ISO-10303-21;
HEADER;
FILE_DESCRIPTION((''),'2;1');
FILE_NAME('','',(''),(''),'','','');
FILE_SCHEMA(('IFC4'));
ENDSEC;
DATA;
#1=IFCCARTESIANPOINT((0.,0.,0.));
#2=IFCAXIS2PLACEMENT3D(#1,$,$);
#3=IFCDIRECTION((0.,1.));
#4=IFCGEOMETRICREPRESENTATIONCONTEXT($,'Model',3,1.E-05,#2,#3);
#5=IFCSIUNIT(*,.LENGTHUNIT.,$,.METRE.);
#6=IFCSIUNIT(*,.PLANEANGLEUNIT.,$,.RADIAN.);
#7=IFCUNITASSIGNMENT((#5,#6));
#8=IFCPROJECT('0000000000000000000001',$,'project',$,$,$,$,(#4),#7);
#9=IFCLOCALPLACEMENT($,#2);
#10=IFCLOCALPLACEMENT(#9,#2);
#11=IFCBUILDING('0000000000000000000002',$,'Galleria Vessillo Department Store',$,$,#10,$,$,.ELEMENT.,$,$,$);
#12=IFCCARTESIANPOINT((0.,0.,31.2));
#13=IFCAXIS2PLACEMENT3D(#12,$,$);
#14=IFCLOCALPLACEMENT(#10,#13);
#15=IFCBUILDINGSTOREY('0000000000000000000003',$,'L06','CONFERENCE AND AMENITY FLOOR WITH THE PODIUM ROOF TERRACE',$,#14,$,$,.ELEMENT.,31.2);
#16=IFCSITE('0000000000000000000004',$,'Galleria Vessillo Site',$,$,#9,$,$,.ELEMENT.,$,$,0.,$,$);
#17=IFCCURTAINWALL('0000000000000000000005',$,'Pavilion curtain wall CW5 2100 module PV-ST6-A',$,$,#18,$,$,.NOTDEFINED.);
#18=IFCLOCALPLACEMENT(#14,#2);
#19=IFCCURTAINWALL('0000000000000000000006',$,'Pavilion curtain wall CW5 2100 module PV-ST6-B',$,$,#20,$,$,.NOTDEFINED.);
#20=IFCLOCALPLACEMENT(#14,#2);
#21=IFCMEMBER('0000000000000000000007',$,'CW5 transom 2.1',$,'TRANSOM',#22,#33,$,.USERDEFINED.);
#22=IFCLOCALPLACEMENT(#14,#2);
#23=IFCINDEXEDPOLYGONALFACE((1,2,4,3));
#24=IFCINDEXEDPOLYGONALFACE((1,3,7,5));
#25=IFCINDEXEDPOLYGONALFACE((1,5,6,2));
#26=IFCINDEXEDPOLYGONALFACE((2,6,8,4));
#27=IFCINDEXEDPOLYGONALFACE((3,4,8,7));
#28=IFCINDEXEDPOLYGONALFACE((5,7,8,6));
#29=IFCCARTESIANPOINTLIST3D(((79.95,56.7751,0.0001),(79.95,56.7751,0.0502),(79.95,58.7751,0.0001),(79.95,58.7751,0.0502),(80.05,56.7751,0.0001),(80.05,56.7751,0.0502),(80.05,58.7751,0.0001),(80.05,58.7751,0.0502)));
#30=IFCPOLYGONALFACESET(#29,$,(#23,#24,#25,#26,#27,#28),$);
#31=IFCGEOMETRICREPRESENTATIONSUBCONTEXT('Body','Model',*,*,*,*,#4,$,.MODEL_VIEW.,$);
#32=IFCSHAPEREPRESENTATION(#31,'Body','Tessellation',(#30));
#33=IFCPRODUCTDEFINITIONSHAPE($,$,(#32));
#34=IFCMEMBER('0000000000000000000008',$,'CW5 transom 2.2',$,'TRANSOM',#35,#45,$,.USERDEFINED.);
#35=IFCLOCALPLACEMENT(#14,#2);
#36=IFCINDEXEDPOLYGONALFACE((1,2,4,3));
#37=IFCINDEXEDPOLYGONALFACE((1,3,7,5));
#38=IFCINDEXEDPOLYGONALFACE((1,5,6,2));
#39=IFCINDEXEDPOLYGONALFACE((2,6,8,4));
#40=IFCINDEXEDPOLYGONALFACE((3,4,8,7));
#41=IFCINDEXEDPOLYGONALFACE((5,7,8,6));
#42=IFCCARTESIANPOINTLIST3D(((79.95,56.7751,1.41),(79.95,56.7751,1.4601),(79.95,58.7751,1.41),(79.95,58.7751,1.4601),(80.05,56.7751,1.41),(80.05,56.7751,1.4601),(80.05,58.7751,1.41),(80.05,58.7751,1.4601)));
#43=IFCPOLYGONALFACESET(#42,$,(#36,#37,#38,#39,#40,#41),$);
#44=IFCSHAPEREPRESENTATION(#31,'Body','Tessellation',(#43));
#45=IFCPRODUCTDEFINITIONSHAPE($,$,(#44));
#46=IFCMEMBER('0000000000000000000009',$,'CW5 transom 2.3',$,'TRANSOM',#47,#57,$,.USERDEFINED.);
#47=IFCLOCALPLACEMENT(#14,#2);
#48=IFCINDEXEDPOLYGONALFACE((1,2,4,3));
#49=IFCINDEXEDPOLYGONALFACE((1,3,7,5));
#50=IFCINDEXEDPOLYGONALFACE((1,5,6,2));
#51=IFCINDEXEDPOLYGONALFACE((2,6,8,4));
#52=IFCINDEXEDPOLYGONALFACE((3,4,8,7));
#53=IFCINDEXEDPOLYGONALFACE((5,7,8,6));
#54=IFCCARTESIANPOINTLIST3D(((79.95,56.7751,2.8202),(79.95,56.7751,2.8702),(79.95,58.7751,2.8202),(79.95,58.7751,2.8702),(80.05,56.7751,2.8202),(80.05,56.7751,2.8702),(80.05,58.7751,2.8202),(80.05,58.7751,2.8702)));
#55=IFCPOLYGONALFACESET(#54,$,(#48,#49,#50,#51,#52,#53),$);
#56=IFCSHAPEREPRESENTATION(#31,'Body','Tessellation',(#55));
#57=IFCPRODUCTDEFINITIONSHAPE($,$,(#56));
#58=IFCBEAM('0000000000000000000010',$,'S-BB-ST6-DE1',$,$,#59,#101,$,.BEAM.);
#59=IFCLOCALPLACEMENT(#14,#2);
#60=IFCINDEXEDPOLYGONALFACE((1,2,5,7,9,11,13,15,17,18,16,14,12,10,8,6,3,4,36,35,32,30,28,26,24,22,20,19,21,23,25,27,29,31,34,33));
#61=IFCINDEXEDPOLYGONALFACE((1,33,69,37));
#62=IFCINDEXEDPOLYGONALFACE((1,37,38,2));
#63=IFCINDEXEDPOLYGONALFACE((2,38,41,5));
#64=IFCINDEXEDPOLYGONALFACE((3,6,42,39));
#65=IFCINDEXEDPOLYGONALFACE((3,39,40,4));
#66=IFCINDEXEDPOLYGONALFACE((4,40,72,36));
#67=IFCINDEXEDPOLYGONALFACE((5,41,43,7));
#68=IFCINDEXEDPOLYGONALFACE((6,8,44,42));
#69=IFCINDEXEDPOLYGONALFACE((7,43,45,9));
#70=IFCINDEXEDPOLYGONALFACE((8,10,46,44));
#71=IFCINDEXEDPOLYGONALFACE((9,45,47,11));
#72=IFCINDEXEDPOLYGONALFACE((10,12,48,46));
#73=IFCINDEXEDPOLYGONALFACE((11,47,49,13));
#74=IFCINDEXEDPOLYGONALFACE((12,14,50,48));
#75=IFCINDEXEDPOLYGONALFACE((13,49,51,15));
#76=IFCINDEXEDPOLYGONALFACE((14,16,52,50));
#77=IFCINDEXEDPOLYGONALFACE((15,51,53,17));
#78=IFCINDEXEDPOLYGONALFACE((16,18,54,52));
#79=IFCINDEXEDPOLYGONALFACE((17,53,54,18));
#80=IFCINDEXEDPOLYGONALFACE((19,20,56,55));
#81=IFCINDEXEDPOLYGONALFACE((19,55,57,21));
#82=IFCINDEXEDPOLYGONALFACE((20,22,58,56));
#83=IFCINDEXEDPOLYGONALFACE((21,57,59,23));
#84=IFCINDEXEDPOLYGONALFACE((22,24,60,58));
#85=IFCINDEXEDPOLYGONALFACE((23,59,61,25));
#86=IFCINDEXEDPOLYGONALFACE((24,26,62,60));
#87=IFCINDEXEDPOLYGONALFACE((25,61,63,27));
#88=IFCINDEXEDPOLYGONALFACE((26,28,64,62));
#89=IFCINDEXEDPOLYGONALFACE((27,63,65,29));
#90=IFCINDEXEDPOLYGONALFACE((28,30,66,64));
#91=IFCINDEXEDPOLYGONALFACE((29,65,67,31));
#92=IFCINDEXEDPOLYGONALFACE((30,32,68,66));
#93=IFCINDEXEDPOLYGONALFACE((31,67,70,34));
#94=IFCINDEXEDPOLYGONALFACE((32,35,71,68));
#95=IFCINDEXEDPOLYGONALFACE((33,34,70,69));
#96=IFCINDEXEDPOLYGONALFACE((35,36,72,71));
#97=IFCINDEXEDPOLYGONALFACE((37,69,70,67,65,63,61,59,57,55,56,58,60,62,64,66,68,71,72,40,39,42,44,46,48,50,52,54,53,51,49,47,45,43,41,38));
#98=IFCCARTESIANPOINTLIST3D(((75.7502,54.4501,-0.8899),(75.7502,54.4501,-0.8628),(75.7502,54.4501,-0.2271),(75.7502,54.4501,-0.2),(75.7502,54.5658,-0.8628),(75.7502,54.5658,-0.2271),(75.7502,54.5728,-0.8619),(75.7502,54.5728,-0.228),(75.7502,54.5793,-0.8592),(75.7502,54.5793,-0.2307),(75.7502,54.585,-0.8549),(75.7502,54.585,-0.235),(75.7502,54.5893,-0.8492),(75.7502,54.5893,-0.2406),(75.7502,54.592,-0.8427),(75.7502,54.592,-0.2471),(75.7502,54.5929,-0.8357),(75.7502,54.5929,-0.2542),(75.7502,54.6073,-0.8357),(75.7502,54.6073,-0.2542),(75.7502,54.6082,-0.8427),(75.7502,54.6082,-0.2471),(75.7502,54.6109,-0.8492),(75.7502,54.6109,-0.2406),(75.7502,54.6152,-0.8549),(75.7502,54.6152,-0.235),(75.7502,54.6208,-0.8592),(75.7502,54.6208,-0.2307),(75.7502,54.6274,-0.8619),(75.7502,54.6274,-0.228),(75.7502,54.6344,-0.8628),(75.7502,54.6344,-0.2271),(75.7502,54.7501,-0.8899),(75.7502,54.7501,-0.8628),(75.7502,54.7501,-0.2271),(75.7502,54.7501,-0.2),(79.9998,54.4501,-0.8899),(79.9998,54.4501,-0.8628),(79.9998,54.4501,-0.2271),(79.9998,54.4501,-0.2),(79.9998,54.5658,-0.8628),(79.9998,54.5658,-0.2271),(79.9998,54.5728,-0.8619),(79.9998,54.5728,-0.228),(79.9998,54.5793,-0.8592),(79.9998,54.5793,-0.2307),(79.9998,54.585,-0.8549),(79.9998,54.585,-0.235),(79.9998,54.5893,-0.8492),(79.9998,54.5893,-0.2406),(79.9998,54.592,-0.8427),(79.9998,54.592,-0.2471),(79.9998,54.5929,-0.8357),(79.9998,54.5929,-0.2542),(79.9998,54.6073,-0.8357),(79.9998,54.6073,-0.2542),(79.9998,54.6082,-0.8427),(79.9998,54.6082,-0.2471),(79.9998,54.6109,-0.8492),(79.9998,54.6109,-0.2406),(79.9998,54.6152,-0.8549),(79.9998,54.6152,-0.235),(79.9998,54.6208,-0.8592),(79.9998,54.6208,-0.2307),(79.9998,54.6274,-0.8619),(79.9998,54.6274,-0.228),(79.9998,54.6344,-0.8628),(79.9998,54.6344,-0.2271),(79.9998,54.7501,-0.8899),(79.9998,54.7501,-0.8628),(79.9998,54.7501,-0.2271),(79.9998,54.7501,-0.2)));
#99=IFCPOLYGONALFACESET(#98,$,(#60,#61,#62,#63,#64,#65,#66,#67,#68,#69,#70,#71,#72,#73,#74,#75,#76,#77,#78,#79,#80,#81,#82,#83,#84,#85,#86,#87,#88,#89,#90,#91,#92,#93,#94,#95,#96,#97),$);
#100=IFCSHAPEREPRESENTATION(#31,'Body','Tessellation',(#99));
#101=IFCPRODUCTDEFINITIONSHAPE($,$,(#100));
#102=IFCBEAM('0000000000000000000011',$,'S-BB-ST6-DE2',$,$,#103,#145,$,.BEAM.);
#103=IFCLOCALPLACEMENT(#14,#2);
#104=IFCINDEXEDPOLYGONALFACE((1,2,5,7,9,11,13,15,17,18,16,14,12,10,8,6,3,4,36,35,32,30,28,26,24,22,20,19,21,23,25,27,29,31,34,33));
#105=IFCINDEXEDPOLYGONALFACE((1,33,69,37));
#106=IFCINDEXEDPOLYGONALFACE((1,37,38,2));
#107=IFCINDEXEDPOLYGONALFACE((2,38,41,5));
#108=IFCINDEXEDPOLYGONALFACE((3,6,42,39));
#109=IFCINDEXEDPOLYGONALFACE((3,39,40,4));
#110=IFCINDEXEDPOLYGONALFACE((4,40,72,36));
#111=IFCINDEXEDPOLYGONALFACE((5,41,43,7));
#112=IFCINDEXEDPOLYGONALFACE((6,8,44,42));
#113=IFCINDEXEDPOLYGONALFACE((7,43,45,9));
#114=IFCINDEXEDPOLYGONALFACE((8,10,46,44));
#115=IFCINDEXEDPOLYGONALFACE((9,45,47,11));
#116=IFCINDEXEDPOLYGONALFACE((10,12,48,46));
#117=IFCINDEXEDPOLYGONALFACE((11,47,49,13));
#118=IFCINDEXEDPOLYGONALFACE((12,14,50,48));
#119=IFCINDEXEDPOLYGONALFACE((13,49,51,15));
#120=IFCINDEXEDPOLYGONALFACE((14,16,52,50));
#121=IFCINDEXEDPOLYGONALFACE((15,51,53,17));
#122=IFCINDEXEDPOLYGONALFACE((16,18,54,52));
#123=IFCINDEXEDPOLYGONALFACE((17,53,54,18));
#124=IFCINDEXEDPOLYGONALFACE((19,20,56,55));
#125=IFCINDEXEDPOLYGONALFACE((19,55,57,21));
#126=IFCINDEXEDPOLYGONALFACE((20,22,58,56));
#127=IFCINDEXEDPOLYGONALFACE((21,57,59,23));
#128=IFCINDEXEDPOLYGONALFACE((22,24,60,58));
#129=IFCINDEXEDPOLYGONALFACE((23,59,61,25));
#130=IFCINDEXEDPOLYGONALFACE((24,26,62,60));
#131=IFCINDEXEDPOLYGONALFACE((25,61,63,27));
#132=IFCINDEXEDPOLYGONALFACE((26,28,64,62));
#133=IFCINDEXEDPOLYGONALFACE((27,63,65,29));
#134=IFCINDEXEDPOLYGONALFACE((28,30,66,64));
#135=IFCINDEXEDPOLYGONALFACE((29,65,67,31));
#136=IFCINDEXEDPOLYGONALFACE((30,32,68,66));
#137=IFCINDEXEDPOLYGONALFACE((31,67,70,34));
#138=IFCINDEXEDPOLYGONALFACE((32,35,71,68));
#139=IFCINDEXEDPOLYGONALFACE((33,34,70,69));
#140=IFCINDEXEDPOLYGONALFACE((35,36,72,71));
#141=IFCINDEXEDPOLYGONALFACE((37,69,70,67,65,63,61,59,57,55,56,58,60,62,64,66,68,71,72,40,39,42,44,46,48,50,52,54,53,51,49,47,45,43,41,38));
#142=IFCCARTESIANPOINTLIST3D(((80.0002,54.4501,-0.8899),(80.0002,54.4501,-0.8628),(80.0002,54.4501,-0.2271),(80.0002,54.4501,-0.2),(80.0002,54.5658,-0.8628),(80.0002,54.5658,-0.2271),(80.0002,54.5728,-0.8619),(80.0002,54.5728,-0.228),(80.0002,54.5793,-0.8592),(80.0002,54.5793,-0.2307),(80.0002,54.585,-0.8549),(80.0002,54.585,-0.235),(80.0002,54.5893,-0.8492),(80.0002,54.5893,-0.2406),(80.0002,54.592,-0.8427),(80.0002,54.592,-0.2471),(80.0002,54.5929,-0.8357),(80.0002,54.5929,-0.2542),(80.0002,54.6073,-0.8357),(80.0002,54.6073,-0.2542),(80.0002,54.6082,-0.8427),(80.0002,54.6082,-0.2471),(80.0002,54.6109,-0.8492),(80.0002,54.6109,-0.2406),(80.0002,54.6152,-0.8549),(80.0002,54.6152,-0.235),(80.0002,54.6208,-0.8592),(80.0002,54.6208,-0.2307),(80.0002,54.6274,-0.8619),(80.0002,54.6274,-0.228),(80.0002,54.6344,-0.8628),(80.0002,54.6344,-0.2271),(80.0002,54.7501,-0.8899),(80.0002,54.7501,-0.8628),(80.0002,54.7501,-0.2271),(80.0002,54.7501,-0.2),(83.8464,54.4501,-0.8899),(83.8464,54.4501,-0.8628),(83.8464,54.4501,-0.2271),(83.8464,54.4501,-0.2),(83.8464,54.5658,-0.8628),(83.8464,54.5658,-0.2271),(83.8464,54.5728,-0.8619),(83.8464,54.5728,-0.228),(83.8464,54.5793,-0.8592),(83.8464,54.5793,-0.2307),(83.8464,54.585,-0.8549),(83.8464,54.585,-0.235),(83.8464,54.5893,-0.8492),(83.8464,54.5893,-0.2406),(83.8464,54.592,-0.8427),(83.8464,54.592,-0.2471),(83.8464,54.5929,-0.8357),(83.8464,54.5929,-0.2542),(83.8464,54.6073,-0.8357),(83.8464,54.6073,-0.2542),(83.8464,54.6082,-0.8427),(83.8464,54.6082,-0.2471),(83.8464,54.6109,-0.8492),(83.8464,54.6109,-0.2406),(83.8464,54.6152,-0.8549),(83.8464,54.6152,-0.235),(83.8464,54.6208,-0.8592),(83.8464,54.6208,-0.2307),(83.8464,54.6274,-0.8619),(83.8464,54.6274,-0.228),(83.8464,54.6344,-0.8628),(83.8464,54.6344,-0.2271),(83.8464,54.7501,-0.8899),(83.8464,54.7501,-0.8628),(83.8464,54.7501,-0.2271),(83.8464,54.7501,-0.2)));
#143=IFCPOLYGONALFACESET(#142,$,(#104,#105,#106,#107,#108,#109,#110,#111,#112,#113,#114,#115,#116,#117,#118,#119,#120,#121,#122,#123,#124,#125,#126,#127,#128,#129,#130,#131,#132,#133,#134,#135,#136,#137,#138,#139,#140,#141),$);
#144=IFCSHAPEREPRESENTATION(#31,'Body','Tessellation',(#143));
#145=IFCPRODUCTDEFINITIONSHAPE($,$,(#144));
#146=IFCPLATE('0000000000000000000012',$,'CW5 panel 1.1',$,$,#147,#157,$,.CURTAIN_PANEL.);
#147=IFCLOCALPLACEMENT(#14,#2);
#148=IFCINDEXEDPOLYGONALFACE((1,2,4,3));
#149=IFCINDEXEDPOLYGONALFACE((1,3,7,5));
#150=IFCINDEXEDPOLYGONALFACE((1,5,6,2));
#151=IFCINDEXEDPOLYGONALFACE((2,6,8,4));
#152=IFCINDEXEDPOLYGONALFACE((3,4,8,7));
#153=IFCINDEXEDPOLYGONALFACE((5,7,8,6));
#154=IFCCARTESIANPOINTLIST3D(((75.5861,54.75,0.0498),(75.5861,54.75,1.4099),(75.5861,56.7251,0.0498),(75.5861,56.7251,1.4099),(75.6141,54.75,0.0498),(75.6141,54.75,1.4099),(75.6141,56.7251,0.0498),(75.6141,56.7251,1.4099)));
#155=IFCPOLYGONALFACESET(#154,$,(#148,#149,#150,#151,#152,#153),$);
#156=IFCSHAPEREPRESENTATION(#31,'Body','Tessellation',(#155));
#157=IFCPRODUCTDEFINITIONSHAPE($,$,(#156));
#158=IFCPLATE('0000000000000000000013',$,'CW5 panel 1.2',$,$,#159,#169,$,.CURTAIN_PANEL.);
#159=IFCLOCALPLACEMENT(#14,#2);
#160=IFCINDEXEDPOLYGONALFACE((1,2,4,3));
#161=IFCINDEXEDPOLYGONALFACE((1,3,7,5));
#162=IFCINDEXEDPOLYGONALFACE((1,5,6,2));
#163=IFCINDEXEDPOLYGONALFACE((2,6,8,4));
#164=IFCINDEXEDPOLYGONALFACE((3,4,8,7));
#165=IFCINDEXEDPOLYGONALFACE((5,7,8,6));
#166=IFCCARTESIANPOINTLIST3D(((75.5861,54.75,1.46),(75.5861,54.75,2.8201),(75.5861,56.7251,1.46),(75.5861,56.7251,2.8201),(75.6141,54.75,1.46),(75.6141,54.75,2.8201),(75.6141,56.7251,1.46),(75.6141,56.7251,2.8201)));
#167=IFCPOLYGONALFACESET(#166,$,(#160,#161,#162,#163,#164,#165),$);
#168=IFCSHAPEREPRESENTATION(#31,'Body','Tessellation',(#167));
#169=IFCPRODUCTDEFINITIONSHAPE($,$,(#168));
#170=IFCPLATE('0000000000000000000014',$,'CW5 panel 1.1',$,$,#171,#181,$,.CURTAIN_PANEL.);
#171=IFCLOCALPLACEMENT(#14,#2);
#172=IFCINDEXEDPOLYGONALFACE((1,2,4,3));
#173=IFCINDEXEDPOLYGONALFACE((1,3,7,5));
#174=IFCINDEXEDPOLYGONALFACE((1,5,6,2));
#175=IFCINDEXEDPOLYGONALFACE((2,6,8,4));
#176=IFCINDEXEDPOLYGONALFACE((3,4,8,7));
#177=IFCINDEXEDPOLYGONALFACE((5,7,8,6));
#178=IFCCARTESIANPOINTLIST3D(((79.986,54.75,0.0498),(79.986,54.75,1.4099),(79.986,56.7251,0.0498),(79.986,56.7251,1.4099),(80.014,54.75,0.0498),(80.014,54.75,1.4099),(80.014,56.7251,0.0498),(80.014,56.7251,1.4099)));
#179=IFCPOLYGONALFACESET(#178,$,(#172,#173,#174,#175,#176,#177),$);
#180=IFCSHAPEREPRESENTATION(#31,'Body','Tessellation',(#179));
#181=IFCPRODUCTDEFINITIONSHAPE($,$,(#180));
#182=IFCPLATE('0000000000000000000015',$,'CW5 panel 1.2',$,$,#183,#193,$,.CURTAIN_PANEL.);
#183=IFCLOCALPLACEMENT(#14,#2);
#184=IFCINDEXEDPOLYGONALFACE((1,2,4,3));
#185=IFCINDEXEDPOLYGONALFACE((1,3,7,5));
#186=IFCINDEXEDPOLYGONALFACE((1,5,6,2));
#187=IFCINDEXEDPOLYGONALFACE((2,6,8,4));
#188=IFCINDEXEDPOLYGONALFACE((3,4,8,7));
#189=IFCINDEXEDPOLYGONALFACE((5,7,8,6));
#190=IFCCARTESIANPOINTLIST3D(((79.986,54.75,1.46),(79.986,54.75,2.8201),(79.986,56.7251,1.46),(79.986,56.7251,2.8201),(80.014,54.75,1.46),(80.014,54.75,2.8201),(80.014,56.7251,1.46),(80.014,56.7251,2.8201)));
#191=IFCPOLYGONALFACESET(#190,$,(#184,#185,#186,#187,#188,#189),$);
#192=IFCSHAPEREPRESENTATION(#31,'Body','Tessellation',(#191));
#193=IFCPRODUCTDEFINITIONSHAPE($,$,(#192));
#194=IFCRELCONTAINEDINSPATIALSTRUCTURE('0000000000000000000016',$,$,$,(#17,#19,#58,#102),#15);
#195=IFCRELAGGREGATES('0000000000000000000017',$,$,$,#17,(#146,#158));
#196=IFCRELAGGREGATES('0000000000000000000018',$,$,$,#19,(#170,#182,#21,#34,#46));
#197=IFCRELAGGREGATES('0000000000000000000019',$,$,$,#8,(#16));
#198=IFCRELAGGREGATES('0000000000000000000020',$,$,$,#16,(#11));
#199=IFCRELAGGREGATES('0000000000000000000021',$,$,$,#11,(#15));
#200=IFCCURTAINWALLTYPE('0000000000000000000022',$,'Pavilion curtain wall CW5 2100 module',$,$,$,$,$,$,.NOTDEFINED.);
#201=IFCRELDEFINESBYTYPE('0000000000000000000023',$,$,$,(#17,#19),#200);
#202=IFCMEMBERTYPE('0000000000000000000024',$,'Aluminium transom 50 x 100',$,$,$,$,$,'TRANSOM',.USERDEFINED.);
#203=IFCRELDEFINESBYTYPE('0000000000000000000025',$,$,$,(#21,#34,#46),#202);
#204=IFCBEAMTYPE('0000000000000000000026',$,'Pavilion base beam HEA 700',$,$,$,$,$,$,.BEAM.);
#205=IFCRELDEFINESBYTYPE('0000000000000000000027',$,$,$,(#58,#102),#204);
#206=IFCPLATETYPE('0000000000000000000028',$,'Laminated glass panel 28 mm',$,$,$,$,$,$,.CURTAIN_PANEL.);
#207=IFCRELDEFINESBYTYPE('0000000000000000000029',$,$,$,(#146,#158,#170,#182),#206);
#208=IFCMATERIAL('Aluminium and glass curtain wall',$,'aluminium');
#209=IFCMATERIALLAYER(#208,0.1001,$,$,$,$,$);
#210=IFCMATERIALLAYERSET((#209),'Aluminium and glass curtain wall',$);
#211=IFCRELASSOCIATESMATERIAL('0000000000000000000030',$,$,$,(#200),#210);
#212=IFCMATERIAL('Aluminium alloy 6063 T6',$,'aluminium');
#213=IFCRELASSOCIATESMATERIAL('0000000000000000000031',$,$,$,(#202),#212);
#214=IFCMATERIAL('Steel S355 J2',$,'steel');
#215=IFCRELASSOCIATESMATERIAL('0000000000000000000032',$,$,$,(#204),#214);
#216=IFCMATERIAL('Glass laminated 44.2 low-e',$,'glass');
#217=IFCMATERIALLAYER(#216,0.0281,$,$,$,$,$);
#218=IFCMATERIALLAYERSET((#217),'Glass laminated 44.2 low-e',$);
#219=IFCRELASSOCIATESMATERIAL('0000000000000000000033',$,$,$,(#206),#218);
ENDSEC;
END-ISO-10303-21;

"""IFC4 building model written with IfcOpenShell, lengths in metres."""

from ifc_helpers import new_model, si_unit, direction, frame, origin, origin_2d, place, context, subcontext, project, spatial, rectangle, i_section, extrude, material, layer, layer_set, material_profile, profile_set, type_object, element, aggregate, save


model = new_model("IFC4")

# Units and contexts
model_context = context("Model", 3, precision=1e-05, world=origin(), true_north=direction((0.0, 1.0)))
body_context = subcontext(model_context, "Body", "Model", "MODEL_VIEW")
ifc_project = project(units=[si_unit("LENGTHUNIT", "METRE"), si_unit("PLANEANGLEUNIT", "RADIAN")], contexts=[model_context])

# Site, building, storey
site_placement = place(None, origin())
site = spatial("IfcSite", under=ifc_project, at=site_placement, Name="Galleria Vessillo Site", CompositionType="ELEMENT", RefElevation=0.0)
building_placement = place(site_placement, origin())
building = spatial("IfcBuilding", under=site, at=building_placement, Name="Galleria Vessillo Department Store", CompositionType="ELEMENT")
storey_placement = place(building_placement, frame((0.0, 0.0, 31.2)))
storey = spatial("IfcBuildingStorey", under=building, at=storey_placement, Name="L06", Description="CONFERENCE AND AMENITY FLOOR WITH THE PODIUM ROOF TERRACE", CompositionType="ELEMENT", Elevation=31.2)

# Curtain walls
ifc_material_1 = material(Name="Aluminium and glass curtain wall", Category="aluminium")
ifc_layer_1 = layer(ifc_material_1, 0.1001)
ifc_layer_set_1 = layer_set([ifc_layer_1], Name="Aluminium and glass curtain wall")
curtain_wall_type = type_object("IfcCurtainWallType", Name="Pavilion curtain wall CW5 2100 module", PredefinedType="NOTDEFINED", material=ifc_layer_set_1)
curtain_wall_1_placement = place(storey_placement, origin())
curtain_wall_1 = element("IfcCurtainWall", 1, at=curtain_wall_1_placement, inside=storey, type_object=curtain_wall_type, Name="Pavilion curtain wall CW5 2100 module PV-ST6-A", PredefinedType="NOTDEFINED")
curtain_wall_2_placement = place(storey_placement, origin())
curtain_wall_2 = element("IfcCurtainWall", 2, at=curtain_wall_2_placement, inside=storey, type_object=curtain_wall_type, Name="Pavilion curtain wall CW5 2100 module PV-ST6-B", PredefinedType="NOTDEFINED")

# Members
ifc_material_2 = material(Name="Aluminium alloy 6063 T6", Category="aluminium")
ifc_material_profile_1 = material_profile(ifc_material_2, rectangle(XDim=0.1001, YDim=0.05, at=origin_2d()), Name="AL 50x100")
ifc_profile_set_1 = profile_set([ifc_material_profile_1], Name="Aluminium alloy 6063 T6")
member_type_1 = type_object("IfcMemberType", Name="Aluminium transom 50 x 100", ElementType="TRANSOM", PredefinedType="USERDEFINED", material=ifc_profile_set_1)
member_1_placement = place(storey_placement, frame((80.0, 56.7751, 0.0251), z_axis=(0.0, 1.0, 0.0), x_axis=(-1.0, 0.0, 0.0)))
member_1 = element("IfcMember", 3, at=member_1_placement, type_object=member_type_1, Name="CW5 transom 2.1", ObjectType="TRANSOM", PredefinedType="USERDEFINED", context=body_context, shape_type="SweptSolid", body=[
    extrude(rectangle(XDim=0.1001, YDim=0.05, at=origin_2d()), origin(), (0.0, 0.0, 1.0), 2.0),
])
member_2_placement = place(storey_placement, frame((80.0, 56.7751, 1.4351), z_axis=(0.0, 1.0, 0.0), x_axis=(-1.0, 0.0, 0.0)))
member_2 = element("IfcMember", 4, at=member_2_placement, type_object=member_type_1, Name="CW5 transom 2.2", ObjectType="TRANSOM", PredefinedType="USERDEFINED", context=body_context, shape_type="SweptSolid", body=[
    extrude(rectangle(XDim=0.1001, YDim=0.05, at=origin_2d()), origin(), (0.0, 0.0, 1.0), 2.0),
])
member_3_placement = place(storey_placement, frame((80.0, 56.7751, 2.8452), z_axis=(0.0, 1.0, 0.0), x_axis=(-1.0, 0.0, 0.0)))
member_3 = element("IfcMember", 5, at=member_3_placement, type_object=member_type_1, Name="CW5 transom 2.3", ObjectType="TRANSOM", PredefinedType="USERDEFINED", context=body_context, shape_type="SweptSolid", body=[
    extrude(rectangle(XDim=0.1001, YDim=0.05, at=origin_2d()), origin(), (0.0, 0.0, 1.0), 2.0),
])

# Beams
ifc_material_3 = material(Name="Steel S355 J2", Category="steel")
ifc_material_profile_2 = material_profile(ifc_material_3, i_section(OverallWidth=0.3, OverallDepth=0.6899, WebThickness=0.0144, FlangeThickness=0.0271, FilletRadius=0.0271, at=origin_2d()), Name="HEA 700")
ifc_profile_set_2 = profile_set([ifc_material_profile_2], Name="Steel S355 J2")
beam_type = type_object("IfcBeamType", Name="Pavilion base beam HEA 700", PredefinedType="BEAM", material=ifc_profile_set_2)
beam_1_placement = place(storey_placement, frame((75.7502, 54.6001, -0.5449), z_axis=(1.0, 0.0, 0.0), x_axis=(0.0, 1.0, 0.0)))
element("IfcBeam", 6, at=beam_1_placement, inside=storey, type_object=beam_type, Name="S-BB-ST6-DE1", PredefinedType="BEAM", context=body_context, shape_type="SweptSolid", body=[
    extrude(i_section(OverallWidth=0.3, OverallDepth=0.6899, WebThickness=0.0144, FlangeThickness=0.0271, FilletRadius=0.0271, at=origin_2d()), origin(), (0.0, 0.0, 1.0), 4.2495),
])
beam_2_placement = place(storey_placement, frame((80.0002, 54.6001, -0.5449), z_axis=(1.0, 0.0, 0.0), x_axis=(0.0, 1.0, 0.0)))
element("IfcBeam", 7, at=beam_2_placement, inside=storey, type_object=beam_type, Name="S-BB-ST6-DE2", PredefinedType="BEAM", context=body_context, shape_type="SweptSolid", body=[
    extrude(i_section(OverallWidth=0.3, OverallDepth=0.6899, WebThickness=0.0144, FlangeThickness=0.0271, FilletRadius=0.0271, at=origin_2d()), origin(), (0.0, 0.0, 1.0), 3.8462),
])

# Plates
ifc_material_4 = material(Name="Glass laminated 44.2 low-e", Category="glass")
ifc_layer_2 = layer(ifc_material_4, 0.0281)
ifc_layer_set_2 = layer_set([ifc_layer_2], Name="Glass laminated 44.2 low-e")
plate_type = type_object("IfcPlateType", Name="Laminated glass panel 28 mm", PredefinedType="CURTAIN_PANEL", material=ifc_layer_set_2)
plate_1_placement = place(storey_placement, frame((75.6001, 55.7375, 0.0498), z_axis=(0.0, 0.0, 1.0), x_axis=(0.0, 1.0, 0.0)))
plate_1 = element("IfcPlate", 8, at=plate_1_placement, type_object=plate_type, Name="CW5 panel 1.1", PredefinedType="CURTAIN_PANEL", context=body_context, shape_type="SweptSolid", body=[
    extrude(rectangle(XDim=1.9751, YDim=0.0281, at=origin_2d()), origin(), (0.0, 0.0, 1.0), 1.3601),
])
plate_2_placement = place(storey_placement, frame((75.6001, 55.7375, 1.46), z_axis=(0.0, 0.0, 1.0), x_axis=(0.0, 1.0, 0.0)))
plate_2 = element("IfcPlate", 9, at=plate_2_placement, type_object=plate_type, Name="CW5 panel 1.2", PredefinedType="CURTAIN_PANEL", context=body_context, shape_type="SweptSolid", body=[
    extrude(rectangle(XDim=1.9751, YDim=0.0281, at=origin_2d()), origin(), (0.0, 0.0, 1.0), 1.3601),
])
aggregate(curtain_wall_1, [plate_1, plate_2])
plate_3_placement = place(storey_placement, frame((80.0, 55.7375, 0.0498), z_axis=(0.0, 0.0, 1.0), x_axis=(0.0, 1.0, 0.0)))
plate_3 = element("IfcPlate", 10, at=plate_3_placement, type_object=plate_type, Name="CW5 panel 1.1", PredefinedType="CURTAIN_PANEL", context=body_context, shape_type="SweptSolid", body=[
    extrude(rectangle(XDim=1.9751, YDim=0.0281, at=origin_2d()), origin(), (0.0, 0.0, 1.0), 1.3601),
])
plate_4_placement = place(storey_placement, frame((80.0, 55.7375, 1.46), z_axis=(0.0, 0.0, 1.0), x_axis=(0.0, 1.0, 0.0)))
plate_4 = element("IfcPlate", 11, at=plate_4_placement, type_object=plate_type, Name="CW5 panel 1.2", PredefinedType="CURTAIN_PANEL", context=body_context, shape_type="SweptSolid", body=[
    extrude(rectangle(XDim=1.9751, YDim=0.0281, at=origin_2d()), origin(), (0.0, 0.0, 1.0), 1.3601),
])
aggregate(curtain_wall_2, [plate_3, plate_4, member_1, member_2, member_3])

save(model, "model.ifc")
